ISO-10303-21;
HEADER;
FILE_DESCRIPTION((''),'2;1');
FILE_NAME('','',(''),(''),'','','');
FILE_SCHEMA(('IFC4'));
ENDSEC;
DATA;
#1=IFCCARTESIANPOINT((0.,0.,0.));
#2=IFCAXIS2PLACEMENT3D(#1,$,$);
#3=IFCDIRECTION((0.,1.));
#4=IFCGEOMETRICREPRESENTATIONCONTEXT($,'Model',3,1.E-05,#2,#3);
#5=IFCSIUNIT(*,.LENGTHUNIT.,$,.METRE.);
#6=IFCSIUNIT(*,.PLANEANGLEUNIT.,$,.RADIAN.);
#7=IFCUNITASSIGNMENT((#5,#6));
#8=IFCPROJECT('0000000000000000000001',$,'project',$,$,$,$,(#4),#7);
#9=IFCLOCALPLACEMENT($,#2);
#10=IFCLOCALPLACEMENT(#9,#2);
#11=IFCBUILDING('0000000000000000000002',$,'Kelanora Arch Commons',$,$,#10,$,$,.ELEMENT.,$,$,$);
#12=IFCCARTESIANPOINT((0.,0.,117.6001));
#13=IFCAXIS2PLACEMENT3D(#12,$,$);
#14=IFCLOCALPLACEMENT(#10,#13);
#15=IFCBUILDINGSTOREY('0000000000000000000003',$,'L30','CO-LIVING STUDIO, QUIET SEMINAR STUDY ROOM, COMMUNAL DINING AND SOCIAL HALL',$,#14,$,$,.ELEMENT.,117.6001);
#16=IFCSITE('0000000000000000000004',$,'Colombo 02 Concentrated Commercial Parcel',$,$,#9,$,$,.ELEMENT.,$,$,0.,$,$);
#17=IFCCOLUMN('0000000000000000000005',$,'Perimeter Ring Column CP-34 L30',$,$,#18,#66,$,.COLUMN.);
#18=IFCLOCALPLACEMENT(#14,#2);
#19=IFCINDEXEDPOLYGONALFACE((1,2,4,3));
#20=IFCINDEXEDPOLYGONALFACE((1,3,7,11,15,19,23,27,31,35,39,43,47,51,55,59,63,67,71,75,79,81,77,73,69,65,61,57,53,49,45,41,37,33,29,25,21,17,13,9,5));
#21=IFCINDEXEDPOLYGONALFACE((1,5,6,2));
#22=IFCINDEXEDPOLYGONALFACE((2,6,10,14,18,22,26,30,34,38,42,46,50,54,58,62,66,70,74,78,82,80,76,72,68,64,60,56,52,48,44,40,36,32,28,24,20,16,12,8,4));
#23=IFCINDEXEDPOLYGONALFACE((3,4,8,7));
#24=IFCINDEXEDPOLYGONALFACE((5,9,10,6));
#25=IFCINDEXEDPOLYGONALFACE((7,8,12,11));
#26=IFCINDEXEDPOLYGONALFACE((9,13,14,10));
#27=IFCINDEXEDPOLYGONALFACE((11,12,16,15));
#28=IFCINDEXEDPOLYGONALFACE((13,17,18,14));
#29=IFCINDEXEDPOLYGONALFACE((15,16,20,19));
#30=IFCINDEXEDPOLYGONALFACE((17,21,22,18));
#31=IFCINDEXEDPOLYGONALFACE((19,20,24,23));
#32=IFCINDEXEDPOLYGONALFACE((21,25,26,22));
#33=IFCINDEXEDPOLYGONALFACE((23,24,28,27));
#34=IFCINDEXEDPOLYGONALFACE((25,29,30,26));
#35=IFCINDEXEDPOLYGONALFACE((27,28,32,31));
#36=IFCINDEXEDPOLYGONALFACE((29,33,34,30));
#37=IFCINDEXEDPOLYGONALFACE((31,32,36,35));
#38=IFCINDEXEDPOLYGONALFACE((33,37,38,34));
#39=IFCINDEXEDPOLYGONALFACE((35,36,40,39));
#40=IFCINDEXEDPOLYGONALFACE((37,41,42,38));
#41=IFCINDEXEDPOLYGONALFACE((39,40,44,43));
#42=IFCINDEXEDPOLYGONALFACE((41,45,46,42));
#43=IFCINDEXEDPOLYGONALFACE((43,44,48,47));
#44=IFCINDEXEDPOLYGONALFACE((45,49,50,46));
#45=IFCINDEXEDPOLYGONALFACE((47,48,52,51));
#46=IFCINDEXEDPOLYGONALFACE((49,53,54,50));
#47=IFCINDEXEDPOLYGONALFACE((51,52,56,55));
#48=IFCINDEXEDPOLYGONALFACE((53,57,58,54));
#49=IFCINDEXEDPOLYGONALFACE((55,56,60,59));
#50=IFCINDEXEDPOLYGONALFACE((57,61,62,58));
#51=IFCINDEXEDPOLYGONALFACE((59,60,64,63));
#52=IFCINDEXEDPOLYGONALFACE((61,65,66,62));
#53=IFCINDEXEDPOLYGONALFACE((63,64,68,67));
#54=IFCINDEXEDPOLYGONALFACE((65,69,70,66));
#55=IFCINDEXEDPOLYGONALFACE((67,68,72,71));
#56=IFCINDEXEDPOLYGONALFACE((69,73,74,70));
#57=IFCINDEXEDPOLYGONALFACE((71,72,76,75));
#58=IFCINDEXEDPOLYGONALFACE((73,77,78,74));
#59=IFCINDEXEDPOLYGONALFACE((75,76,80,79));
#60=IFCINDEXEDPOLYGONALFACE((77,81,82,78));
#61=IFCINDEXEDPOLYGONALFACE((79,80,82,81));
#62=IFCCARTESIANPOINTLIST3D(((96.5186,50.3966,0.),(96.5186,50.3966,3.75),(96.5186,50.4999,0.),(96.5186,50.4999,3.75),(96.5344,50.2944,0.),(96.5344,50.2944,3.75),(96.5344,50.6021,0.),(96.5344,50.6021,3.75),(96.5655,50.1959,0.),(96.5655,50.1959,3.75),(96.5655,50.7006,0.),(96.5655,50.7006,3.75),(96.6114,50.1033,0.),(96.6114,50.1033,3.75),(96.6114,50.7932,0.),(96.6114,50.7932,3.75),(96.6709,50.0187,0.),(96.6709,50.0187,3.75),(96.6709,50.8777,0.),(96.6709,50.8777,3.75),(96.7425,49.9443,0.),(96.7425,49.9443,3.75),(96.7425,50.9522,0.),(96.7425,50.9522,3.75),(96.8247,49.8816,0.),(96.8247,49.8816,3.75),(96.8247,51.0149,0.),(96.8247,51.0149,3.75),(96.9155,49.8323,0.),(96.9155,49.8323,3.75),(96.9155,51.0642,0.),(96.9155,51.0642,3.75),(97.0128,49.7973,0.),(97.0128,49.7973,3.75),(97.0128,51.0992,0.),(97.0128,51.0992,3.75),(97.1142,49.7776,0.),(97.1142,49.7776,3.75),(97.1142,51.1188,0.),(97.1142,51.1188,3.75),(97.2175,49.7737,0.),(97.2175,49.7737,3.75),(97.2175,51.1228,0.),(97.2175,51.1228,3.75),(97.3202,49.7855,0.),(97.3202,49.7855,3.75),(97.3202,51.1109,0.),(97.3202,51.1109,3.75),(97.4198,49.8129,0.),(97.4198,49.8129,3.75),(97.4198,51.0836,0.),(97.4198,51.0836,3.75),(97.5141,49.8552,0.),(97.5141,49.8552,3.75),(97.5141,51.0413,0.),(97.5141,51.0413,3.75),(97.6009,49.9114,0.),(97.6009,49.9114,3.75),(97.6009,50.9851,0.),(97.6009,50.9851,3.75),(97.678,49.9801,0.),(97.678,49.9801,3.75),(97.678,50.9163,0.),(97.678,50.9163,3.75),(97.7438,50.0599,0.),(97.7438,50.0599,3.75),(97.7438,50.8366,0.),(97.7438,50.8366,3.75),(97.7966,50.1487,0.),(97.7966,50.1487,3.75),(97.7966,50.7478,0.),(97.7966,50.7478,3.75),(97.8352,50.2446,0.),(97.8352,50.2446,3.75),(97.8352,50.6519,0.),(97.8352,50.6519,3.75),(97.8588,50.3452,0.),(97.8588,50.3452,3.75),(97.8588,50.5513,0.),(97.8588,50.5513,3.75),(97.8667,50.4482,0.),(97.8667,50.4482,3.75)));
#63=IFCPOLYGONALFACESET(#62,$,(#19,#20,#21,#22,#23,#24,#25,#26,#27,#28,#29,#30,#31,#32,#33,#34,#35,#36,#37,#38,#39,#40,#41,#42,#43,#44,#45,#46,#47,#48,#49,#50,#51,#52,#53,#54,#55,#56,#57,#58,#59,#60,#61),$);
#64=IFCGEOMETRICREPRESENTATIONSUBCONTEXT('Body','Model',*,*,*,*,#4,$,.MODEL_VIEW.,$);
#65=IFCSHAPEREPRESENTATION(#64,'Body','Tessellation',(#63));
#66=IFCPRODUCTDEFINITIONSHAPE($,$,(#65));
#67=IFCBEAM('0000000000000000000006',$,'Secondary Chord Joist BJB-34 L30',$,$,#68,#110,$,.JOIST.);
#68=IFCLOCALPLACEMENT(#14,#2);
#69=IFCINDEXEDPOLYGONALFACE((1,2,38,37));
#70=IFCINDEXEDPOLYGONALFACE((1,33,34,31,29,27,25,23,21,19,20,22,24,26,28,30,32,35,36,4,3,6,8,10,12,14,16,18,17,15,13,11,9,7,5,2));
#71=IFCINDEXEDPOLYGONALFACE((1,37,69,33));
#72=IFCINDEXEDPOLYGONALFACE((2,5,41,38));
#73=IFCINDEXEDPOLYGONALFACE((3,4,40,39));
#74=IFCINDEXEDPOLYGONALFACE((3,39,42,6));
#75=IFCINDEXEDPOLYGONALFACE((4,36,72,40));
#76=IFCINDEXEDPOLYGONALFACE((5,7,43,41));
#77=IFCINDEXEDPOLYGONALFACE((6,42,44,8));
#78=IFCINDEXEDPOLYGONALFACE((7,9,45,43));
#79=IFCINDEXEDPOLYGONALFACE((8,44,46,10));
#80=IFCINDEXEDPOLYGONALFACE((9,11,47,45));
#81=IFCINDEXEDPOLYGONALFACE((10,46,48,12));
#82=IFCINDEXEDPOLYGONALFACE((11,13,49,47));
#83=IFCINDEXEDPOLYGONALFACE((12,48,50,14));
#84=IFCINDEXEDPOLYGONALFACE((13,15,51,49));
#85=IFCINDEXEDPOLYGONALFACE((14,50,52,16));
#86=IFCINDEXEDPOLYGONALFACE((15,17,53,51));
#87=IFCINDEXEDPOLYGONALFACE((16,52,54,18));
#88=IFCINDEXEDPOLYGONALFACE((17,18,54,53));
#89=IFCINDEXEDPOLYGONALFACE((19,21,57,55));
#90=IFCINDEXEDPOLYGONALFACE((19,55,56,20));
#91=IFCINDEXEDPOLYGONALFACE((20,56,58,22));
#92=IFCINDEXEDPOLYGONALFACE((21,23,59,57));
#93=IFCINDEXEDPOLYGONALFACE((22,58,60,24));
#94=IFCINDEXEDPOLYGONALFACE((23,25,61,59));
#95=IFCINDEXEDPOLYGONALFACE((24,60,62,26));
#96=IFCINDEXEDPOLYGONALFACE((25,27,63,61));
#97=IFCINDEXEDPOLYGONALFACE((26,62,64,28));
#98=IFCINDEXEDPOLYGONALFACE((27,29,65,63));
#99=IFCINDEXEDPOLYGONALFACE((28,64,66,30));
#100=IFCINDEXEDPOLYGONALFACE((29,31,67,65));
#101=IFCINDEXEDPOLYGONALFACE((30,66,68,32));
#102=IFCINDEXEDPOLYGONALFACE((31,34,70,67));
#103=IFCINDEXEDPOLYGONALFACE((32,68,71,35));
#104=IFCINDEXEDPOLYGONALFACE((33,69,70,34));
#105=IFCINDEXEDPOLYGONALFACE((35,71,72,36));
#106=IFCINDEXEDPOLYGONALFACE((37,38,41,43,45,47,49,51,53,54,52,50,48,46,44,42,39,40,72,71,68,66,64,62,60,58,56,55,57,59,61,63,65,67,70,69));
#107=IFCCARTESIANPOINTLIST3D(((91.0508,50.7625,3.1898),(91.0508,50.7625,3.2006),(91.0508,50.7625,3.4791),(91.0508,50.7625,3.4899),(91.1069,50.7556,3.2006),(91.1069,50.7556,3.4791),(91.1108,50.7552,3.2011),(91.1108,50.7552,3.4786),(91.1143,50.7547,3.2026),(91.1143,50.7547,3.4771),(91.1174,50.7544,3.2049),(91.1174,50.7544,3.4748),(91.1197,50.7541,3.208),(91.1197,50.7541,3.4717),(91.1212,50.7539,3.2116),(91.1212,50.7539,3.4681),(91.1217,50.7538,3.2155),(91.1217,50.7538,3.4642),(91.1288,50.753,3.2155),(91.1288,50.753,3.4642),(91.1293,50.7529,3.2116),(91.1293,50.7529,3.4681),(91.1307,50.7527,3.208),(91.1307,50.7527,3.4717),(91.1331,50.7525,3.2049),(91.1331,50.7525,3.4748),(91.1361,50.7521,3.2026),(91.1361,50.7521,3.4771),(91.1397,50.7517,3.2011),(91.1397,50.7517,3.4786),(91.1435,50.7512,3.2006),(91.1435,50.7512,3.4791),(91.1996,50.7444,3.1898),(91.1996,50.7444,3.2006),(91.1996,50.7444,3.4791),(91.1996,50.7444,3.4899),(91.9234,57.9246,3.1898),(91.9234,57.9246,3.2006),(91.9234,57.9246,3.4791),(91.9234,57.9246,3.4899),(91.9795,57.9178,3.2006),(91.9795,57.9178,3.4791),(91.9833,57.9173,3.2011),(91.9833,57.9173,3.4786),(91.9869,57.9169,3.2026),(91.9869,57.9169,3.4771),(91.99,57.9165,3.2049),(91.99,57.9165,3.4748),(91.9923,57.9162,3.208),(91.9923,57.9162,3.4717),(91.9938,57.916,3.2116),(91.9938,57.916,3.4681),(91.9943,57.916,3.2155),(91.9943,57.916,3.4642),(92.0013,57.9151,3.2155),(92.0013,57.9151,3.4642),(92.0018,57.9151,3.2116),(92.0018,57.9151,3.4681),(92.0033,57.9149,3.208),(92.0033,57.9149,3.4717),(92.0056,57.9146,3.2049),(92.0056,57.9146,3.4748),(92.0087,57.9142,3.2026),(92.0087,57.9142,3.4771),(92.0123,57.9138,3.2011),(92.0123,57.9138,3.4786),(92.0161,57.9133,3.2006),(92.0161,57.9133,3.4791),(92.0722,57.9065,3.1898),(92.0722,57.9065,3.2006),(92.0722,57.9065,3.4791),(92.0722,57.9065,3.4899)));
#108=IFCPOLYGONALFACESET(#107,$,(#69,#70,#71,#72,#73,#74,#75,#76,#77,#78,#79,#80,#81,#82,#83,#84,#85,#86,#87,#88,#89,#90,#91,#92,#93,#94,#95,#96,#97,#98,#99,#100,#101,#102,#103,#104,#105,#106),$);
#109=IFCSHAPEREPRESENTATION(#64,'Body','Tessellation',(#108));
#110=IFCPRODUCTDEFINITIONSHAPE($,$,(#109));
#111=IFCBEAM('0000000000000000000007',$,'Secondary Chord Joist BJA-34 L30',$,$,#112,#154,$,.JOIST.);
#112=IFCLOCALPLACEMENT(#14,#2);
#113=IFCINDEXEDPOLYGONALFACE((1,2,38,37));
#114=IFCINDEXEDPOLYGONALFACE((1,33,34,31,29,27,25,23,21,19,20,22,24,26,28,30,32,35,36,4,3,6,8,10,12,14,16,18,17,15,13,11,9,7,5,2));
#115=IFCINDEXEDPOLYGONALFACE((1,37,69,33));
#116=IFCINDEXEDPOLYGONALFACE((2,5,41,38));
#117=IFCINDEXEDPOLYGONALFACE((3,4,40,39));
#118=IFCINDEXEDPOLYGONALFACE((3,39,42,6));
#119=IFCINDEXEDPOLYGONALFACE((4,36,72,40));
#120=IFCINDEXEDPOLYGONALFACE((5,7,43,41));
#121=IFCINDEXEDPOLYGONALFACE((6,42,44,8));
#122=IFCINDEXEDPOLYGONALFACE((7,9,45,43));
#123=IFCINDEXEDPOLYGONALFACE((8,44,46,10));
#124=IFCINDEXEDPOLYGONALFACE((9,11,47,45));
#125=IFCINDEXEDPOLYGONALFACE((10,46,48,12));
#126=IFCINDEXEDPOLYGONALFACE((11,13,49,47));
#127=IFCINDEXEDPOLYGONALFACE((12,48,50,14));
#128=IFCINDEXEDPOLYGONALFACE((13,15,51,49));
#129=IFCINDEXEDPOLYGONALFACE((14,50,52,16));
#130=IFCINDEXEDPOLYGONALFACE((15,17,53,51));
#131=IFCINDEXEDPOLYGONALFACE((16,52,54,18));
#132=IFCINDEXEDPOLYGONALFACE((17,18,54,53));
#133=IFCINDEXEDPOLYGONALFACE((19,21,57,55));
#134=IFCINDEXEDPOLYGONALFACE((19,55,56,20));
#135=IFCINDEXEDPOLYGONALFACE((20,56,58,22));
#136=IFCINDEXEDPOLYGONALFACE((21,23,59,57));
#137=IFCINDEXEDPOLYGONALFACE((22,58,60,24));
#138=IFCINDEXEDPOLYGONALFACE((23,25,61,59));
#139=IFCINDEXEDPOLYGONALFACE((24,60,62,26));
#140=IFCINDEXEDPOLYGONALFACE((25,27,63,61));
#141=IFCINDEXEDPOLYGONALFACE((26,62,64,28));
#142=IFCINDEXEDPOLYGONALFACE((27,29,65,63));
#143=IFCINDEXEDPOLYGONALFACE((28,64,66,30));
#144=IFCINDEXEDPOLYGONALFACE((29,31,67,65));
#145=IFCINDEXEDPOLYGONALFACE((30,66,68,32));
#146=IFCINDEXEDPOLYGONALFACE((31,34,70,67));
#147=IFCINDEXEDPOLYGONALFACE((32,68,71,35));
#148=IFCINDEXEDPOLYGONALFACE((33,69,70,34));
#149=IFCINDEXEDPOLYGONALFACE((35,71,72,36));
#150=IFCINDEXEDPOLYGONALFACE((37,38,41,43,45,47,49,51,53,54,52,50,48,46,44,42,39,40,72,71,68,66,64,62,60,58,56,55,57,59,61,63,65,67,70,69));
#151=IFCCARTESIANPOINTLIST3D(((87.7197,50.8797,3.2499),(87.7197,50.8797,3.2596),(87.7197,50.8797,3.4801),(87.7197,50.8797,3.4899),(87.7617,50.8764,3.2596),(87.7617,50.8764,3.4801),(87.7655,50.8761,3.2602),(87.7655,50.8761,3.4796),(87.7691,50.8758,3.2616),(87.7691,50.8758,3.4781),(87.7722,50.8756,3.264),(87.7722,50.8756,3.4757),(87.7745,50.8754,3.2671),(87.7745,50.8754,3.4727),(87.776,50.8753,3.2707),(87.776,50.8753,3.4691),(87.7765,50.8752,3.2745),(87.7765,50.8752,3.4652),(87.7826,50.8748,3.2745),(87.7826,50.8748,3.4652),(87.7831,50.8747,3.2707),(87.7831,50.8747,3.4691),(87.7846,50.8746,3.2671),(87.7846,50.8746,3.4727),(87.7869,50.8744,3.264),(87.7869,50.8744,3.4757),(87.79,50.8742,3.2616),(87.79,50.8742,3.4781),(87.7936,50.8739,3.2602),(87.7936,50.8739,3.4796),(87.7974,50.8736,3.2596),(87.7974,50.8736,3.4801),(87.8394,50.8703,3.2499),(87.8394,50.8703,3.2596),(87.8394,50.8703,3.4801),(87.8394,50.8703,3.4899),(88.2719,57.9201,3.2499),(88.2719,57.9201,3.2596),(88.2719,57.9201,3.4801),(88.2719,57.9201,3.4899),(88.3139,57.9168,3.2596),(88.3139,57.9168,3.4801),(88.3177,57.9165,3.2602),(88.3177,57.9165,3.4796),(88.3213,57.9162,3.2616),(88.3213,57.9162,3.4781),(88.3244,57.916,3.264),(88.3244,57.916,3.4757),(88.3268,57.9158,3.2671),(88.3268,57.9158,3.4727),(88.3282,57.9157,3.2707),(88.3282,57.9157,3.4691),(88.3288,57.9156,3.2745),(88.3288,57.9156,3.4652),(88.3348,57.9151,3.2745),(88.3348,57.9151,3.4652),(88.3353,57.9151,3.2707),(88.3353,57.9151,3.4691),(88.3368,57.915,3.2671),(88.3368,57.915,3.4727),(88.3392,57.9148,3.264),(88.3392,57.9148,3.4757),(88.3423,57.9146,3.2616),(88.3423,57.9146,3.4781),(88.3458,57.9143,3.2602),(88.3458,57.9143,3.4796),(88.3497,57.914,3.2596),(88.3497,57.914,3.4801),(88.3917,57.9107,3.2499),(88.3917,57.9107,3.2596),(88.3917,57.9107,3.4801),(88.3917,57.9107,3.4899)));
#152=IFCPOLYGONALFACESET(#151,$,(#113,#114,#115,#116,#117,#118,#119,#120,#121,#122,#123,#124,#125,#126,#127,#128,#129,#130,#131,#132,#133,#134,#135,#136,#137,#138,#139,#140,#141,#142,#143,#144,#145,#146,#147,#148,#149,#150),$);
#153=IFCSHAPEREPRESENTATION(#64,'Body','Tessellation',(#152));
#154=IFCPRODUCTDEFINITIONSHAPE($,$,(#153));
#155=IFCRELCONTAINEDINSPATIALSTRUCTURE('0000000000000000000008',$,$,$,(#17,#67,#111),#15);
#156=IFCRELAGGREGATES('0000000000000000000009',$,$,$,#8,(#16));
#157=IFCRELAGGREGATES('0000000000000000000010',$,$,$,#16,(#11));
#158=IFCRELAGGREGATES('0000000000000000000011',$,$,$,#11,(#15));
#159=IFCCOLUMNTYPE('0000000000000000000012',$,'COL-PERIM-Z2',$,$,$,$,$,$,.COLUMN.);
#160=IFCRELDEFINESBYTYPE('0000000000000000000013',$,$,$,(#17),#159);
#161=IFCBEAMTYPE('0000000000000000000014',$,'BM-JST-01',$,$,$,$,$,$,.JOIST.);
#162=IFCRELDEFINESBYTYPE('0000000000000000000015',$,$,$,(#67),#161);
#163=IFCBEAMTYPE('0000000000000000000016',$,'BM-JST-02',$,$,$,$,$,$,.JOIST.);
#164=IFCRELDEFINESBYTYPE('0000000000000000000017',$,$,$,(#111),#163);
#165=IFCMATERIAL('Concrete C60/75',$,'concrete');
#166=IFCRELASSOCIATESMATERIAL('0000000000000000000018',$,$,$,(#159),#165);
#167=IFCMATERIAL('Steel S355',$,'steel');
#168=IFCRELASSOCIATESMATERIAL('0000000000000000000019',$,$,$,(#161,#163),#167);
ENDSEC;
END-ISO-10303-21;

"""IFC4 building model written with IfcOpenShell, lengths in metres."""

from ifc_helpers import new_model, si_unit, direction, frame, origin, origin_2d, place, context, subcontext, project, spatial, circle, i_section, extrude, material, material_profile, profile_set, type_object, element, save


model = new_model("IFC4")

# Units and contexts
model_context = context("Model", 3, precision=1e-05, world=origin(), true_north=direction((0.0, 1.0)))
body_context = subcontext(model_context, "Body", "Model", "MODEL_VIEW")
ifc_project = project(units=[si_unit("LENGTHUNIT", "METRE"), si_unit("PLANEANGLEUNIT", "RADIAN")], contexts=[model_context])

# Site, building, storey
site_placement = place(None, origin())
site = spatial("IfcSite", under=ifc_project, at=site_placement, Name="Colombo 02 Concentrated Commercial Parcel", CompositionType="ELEMENT", RefElevation=0.0)
building_placement = place(site_placement, origin())
building = spatial("IfcBuilding", under=site, at=building_placement, Name="Kelanora Arch Commons", CompositionType="ELEMENT")
storey_placement = place(building_placement, frame((0.0, 0.0, 117.6001)))
storey = spatial("IfcBuildingStorey", under=building, at=storey_placement, Name="L30", Description="CO-LIVING STUDIO, QUIET SEMINAR STUDY ROOM, COMMUNAL DINING AND SOCIAL HALL", CompositionType="ELEMENT", Elevation=117.6001)

# Column
ifc_material_1 = material(Name="Concrete C60/75", Category="concrete")
ifc_material_profile_1 = material_profile(ifc_material_1, circle(Radius=0.675, at=origin_2d()), Name="RCC1350")
ifc_profile_set_1 = profile_set([ifc_material_profile_1], Name="Concrete C60/75")
column_type = type_object("IfcColumnType", Name="COL-PERIM-Z2", PredefinedType="COLUMN", material=ifc_profile_set_1)
column_placement = place(storey_placement, frame((97.1917, 50.4482, 0.0), z_axis=(0.0, 0.0, 1.0), x_axis=(1.0, 0.0, 0.0)))
element("IfcColumn", 1, at=column_placement, inside=storey, type_object=column_type, Name="Perimeter Ring Column CP-34 L30", PredefinedType="COLUMN", context=body_context, shape_type="SweptSolid", body=[
    extrude(circle(Radius=0.675, at=origin_2d()), origin(), (0.0, 0.0, 1.0), 3.75),
])

# Beams
ifc_material_2 = material(Name="Steel S355", Category="steel")
ifc_material_profile_2 = material_profile(ifc_material_2, i_section(OverallWidth=0.1499, OverallDepth=0.3, WebThickness=0.0071, FlangeThickness=0.0107, FilletRadius=0.0149, at=origin_2d()), Name="IPE300")
ifc_profile_set_2 = profile_set([ifc_material_profile_2], Name="Steel S355")
beam_type_1 = type_object("IfcBeamType", Name="BM-JST-01", PredefinedType="JOIST", material=ifc_profile_set_2)
beam_1_placement = place(storey_placement, frame((91.1252, 50.7534, 3.3398), z_axis=(0.120936, 0.99266, 0.0), x_axis=(-0.99266, 0.120936, 0.0)))
element("IfcBeam", 2, at=beam_1_placement, inside=storey, type_object=beam_type_1, Name="Secondary Chord Joist BJB-34 L30", PredefinedType="JOIST", context=body_context, shape_type="SweptSolid", body=[
    extrude(i_section(OverallWidth=0.1499, OverallDepth=0.3, WebThickness=0.0071, FlangeThickness=0.0107, FilletRadius=0.0149, at=origin_2d()), origin(), (0.0, 0.0, 1.0), 7.2151),
])
ifc_material_profile_3 = material_profile(ifc_material_2, i_section(OverallWidth=0.1201, OverallDepth=0.24, WebThickness=0.0061, FlangeThickness=0.0098, FilletRadius=0.0149, at=origin_2d()), Name="IPE240")
ifc_profile_set_3 = profile_set([ifc_material_profile_3], Name="Steel S355")
beam_type_2 = type_object("IfcBeamType", Name="BM-JST-02", PredefinedType="JOIST", material=ifc_profile_set_3)
beam_2_placement = place(storey_placement, frame((87.7795, 50.875, 3.3699), z_axis=(0.078201, 0.996938, 0.0), x_axis=(-0.996938, 0.078201, 0.0)))
element("IfcBeam", 3, at=beam_2_placement, inside=storey, type_object=beam_type_2, Name="Secondary Chord Joist BJA-34 L30", PredefinedType="JOIST", context=body_context, shape_type="SweptSolid", body=[
    extrude(i_section(OverallWidth=0.1201, OverallDepth=0.24, WebThickness=0.0061, FlangeThickness=0.0098, FilletRadius=0.0149, at=origin_2d()), origin(), (0.0, 0.0, 1.0), 7.062),
])

save(model, "model.ifc")
